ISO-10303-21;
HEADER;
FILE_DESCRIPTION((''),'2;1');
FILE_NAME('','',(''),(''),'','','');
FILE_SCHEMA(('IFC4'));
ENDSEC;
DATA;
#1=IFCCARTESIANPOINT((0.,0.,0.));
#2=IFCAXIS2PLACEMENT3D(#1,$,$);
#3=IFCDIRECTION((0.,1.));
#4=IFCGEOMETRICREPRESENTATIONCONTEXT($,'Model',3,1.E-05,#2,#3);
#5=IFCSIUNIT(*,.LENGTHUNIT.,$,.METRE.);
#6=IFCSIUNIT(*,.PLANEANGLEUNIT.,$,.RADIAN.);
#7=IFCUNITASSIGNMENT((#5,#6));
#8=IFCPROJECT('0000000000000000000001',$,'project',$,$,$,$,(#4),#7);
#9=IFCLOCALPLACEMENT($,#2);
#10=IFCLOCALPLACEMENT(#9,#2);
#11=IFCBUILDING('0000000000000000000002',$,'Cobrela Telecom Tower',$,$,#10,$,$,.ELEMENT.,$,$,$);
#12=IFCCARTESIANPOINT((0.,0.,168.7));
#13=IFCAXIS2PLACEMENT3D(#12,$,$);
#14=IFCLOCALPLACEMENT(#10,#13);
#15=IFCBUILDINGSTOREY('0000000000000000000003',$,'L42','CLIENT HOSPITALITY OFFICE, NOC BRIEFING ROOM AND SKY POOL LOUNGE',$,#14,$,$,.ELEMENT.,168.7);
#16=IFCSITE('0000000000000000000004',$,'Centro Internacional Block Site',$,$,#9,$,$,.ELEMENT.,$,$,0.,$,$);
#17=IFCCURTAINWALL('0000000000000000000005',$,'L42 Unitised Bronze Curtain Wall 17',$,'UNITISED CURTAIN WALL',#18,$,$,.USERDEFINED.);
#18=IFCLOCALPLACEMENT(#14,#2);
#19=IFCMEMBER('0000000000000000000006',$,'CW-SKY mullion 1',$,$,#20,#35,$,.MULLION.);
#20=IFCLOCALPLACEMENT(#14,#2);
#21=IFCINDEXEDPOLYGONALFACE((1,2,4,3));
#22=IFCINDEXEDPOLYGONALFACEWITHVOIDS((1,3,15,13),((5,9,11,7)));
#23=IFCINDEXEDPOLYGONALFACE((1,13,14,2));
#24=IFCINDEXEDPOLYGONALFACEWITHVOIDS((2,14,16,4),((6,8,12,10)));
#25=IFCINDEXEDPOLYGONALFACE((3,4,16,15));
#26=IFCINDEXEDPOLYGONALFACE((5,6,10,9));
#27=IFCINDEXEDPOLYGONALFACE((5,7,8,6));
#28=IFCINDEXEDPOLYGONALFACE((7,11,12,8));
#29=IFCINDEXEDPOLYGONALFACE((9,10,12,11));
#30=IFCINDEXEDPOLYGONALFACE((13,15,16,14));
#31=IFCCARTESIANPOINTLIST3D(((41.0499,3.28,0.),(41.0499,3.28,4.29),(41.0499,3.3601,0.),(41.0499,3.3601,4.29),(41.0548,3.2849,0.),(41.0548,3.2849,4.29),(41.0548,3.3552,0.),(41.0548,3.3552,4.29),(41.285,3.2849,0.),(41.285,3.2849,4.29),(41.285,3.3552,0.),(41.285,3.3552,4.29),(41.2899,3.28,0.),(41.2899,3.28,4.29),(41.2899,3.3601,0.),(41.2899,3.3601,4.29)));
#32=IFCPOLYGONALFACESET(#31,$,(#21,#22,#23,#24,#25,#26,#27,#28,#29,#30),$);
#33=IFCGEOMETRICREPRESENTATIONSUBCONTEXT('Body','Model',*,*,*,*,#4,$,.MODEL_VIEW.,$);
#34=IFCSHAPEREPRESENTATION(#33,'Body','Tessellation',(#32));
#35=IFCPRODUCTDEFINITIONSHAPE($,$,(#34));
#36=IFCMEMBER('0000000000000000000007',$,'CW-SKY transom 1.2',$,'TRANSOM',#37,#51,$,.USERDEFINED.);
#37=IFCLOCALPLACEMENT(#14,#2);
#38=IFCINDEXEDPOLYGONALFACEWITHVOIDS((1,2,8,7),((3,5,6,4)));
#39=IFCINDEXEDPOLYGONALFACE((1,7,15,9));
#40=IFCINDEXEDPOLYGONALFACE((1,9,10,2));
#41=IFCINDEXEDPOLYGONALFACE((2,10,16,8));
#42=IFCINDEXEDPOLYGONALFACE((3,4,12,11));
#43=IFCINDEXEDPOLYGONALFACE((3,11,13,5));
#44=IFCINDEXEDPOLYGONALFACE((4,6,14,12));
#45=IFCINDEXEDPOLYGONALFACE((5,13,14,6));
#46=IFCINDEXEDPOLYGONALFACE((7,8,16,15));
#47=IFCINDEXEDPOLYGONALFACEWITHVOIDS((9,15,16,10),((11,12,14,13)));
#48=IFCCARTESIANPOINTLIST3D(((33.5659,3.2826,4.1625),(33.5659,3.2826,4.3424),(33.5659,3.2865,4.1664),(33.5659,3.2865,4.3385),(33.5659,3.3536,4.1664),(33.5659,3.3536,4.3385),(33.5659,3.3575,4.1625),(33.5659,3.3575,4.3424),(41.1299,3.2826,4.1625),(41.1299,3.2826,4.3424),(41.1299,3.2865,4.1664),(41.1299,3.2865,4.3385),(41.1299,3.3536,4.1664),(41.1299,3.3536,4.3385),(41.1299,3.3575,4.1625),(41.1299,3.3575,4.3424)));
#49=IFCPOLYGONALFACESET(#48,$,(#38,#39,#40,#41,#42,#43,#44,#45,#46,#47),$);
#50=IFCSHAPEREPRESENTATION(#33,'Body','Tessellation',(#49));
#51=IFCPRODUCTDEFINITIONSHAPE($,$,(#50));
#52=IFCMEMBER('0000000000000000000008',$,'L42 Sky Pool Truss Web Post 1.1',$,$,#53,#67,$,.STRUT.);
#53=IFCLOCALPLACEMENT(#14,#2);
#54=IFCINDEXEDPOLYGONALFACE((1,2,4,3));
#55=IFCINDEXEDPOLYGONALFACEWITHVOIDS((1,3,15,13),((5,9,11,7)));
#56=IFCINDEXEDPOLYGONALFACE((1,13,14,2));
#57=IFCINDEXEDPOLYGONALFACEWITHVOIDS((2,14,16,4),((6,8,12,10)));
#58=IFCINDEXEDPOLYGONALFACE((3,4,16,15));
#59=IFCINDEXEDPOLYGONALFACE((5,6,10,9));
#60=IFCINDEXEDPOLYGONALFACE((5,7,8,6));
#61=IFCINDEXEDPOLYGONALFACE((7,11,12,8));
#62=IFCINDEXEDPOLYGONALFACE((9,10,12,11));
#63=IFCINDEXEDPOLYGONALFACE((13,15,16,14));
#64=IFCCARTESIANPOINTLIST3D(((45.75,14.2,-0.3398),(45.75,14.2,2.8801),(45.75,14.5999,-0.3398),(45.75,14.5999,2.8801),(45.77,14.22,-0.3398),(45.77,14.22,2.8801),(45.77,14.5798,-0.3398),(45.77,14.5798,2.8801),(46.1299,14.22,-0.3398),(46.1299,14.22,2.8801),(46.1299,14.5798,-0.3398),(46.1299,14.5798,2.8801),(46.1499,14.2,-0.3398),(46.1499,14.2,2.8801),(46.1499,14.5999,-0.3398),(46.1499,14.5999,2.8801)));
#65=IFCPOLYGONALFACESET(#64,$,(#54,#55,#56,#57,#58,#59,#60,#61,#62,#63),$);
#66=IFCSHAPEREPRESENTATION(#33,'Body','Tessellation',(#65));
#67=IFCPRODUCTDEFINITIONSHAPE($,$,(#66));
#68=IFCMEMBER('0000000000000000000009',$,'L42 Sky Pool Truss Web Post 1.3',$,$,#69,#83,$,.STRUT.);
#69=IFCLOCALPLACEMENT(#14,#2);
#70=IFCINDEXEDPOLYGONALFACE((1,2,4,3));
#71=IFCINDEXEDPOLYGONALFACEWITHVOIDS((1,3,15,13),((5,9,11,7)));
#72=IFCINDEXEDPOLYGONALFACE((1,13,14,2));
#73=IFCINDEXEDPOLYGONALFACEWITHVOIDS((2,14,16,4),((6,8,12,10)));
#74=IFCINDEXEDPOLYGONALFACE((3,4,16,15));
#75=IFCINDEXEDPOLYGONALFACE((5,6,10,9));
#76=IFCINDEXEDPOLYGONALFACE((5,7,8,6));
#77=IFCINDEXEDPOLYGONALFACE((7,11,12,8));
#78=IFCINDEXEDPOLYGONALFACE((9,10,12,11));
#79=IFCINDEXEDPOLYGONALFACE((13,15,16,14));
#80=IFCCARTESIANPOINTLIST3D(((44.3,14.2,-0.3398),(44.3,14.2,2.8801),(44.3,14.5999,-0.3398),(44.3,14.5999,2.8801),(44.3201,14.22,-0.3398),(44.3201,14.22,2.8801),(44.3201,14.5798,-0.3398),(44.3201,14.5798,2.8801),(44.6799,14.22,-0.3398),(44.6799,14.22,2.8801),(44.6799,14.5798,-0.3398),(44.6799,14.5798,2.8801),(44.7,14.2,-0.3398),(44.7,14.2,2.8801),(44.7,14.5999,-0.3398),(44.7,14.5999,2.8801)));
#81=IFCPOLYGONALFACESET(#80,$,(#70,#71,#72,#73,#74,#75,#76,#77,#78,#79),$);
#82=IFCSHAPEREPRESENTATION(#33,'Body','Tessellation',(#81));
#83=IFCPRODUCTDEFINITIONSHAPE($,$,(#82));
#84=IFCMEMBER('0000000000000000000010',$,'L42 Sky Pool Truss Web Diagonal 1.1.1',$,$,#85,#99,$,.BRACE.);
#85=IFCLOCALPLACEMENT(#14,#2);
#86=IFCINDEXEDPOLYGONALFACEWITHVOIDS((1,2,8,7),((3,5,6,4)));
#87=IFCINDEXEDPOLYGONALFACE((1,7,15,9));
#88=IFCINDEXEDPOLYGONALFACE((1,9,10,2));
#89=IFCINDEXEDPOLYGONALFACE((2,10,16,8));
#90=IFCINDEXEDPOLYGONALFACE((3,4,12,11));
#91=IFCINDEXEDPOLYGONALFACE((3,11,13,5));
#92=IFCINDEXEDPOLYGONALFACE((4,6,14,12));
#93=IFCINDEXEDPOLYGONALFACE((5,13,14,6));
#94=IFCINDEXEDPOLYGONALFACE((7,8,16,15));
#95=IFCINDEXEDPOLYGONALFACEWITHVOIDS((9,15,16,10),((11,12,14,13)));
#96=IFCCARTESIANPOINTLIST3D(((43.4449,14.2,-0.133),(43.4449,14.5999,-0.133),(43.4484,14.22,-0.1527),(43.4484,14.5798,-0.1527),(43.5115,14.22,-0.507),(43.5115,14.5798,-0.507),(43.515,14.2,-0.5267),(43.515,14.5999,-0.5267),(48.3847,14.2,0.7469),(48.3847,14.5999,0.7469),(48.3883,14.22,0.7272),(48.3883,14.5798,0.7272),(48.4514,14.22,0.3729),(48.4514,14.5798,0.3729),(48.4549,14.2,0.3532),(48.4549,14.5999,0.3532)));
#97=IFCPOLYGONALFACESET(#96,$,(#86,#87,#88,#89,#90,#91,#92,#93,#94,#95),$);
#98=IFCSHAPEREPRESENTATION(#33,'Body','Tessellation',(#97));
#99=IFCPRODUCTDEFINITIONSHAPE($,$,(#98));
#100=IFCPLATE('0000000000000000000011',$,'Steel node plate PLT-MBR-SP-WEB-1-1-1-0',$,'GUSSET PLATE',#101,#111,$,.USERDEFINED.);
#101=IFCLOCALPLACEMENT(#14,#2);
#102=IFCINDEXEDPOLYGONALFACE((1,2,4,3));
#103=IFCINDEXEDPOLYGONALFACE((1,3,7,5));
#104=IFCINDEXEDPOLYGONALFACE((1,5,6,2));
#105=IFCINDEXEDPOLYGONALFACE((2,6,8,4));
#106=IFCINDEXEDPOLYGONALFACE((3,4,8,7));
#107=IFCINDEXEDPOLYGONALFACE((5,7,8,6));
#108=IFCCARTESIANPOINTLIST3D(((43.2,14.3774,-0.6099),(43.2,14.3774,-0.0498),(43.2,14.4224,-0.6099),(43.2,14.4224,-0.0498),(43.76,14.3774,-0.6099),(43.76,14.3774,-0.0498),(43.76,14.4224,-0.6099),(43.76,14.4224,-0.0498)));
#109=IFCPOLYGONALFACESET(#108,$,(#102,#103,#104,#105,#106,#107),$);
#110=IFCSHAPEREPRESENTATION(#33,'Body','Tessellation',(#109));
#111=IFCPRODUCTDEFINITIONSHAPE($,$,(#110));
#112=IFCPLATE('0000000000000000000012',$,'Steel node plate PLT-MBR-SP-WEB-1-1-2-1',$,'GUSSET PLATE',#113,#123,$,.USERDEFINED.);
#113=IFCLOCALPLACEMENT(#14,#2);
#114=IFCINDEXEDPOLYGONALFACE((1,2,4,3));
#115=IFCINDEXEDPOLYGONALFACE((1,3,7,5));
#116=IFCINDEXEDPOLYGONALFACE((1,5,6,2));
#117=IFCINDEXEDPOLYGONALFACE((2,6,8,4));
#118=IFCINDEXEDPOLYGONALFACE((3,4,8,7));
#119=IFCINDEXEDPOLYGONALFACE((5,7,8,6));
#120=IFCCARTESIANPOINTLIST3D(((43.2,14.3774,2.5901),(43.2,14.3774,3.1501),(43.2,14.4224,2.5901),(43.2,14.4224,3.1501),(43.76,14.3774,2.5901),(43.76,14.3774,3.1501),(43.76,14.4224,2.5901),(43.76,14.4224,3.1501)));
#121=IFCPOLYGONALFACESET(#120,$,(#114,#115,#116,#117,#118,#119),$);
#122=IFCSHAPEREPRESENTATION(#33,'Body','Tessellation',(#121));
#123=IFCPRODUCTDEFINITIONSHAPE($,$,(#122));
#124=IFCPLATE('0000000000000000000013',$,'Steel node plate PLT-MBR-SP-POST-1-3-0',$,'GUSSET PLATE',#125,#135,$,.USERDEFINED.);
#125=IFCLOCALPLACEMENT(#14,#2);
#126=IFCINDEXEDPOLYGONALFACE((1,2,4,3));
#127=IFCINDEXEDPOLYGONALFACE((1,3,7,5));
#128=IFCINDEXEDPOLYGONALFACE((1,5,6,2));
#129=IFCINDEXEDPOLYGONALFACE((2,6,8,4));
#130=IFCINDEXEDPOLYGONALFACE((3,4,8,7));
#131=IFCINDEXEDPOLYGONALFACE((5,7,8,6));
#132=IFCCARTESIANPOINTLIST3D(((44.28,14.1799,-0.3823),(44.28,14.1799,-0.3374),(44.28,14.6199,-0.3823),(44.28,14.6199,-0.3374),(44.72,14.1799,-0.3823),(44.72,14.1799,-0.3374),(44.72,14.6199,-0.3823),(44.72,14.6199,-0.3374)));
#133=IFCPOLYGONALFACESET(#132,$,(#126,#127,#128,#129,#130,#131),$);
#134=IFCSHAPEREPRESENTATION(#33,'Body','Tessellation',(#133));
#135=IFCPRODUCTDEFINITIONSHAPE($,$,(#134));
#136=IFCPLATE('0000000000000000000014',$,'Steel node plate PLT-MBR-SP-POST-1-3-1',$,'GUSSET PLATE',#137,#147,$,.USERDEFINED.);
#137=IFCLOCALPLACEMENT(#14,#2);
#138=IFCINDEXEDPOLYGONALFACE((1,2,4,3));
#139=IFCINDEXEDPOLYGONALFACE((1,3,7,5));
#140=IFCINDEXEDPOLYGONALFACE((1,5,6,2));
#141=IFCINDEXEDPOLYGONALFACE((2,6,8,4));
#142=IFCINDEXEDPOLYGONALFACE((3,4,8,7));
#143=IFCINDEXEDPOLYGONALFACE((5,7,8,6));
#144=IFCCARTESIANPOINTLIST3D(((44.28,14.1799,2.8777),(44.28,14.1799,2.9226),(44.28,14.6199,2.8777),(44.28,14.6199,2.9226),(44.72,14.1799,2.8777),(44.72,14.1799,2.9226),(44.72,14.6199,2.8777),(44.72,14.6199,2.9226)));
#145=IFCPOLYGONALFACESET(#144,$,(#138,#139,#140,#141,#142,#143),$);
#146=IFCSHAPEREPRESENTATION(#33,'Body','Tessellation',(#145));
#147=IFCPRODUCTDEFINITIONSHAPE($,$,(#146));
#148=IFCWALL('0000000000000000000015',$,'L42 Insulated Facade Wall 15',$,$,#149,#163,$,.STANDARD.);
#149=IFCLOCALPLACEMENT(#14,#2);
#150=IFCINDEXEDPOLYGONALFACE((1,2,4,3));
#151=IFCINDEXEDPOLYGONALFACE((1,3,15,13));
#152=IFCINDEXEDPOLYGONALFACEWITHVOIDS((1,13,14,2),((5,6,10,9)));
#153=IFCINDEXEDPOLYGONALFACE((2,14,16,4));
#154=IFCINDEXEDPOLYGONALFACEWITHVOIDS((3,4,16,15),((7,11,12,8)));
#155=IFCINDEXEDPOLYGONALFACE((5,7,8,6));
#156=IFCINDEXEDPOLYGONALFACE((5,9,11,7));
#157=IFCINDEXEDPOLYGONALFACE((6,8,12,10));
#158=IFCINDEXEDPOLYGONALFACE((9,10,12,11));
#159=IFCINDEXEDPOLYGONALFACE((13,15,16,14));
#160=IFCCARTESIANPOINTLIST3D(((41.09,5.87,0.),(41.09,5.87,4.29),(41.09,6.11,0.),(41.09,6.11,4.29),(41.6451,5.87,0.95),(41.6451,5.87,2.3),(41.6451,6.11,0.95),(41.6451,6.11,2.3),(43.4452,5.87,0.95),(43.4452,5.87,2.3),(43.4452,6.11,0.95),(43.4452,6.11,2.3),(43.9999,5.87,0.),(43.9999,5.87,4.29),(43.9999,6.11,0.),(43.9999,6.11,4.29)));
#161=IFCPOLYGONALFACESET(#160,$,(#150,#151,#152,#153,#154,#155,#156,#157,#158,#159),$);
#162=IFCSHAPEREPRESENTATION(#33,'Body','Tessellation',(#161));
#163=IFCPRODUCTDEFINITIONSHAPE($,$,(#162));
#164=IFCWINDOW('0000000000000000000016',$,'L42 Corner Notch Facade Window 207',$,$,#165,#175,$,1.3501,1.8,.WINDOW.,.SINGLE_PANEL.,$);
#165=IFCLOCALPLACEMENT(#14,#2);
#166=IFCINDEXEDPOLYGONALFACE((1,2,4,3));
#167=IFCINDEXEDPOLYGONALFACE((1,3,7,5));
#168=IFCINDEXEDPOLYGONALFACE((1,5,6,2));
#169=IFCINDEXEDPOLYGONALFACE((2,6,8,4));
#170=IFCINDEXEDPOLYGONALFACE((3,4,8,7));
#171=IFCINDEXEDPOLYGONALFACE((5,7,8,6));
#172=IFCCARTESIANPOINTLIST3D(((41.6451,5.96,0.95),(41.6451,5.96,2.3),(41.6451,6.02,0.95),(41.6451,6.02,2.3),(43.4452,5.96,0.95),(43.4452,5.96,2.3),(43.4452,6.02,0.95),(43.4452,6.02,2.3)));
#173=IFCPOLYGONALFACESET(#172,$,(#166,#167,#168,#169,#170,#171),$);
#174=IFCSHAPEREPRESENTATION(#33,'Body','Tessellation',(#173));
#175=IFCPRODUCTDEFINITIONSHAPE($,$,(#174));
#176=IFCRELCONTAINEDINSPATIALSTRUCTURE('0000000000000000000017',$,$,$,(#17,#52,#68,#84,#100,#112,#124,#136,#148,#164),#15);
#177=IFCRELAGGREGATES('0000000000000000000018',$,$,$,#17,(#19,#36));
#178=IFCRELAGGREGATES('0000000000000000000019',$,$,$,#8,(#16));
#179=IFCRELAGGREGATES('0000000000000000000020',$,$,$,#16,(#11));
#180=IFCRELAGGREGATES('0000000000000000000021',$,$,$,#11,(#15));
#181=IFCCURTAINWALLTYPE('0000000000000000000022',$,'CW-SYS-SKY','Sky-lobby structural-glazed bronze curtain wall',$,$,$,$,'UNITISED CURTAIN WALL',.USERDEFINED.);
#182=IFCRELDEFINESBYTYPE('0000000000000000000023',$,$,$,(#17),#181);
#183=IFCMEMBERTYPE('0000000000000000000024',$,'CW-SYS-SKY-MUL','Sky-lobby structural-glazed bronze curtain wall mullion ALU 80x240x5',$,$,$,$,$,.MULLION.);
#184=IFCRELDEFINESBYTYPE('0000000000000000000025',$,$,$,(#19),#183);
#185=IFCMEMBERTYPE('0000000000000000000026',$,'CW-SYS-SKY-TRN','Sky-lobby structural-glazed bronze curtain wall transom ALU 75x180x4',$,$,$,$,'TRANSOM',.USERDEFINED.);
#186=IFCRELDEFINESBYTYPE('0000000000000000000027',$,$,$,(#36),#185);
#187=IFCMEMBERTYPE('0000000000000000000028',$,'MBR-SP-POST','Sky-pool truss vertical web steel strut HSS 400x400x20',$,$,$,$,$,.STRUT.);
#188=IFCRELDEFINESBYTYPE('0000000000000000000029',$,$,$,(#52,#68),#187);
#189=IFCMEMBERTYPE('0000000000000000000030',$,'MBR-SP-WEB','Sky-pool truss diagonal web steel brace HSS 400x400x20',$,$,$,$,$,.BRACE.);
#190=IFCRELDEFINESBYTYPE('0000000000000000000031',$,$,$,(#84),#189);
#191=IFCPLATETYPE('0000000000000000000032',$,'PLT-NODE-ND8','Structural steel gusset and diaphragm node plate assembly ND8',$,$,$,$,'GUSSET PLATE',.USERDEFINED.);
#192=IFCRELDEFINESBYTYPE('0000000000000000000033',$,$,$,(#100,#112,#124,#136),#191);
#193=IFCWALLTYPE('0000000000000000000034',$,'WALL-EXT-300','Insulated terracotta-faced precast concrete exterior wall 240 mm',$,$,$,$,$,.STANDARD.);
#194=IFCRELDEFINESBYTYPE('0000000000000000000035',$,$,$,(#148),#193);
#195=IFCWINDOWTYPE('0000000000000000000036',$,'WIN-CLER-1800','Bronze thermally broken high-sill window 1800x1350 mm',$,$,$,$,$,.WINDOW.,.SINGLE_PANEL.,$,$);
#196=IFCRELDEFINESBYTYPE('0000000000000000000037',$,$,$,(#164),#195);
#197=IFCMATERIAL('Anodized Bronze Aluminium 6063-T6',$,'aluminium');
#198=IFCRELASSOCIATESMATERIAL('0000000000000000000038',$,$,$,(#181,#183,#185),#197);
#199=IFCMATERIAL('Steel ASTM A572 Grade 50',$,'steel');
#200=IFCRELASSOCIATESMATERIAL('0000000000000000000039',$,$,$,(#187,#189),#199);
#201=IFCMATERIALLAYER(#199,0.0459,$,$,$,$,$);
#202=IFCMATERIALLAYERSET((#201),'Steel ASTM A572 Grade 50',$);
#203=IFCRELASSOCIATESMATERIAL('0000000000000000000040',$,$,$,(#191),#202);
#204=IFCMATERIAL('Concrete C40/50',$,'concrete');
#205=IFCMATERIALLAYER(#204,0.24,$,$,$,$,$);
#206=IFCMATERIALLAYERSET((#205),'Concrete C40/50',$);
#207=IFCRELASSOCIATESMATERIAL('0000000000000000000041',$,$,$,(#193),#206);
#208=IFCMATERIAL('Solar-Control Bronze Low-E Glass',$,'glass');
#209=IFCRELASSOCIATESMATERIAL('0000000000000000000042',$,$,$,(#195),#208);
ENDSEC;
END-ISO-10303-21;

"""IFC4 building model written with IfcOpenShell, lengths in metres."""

from ifc_helpers import new_model, si_unit, direction, frame, frame_2d, origin, origin_2d, place, context, subcontext, project, spatial, rectangle, hollow_rectangle, extrude, material, layer, layer_set, material_profile, profile_set, type_object, element, fill, aggregate, save


model = new_model("IFC4")

# Units and contexts
model_context = context("Model", 3, precision=1e-05, world=origin(), true_north=direction((0.0, 1.0)))
body_context = subcontext(model_context, "Body", "Model", "MODEL_VIEW")
ifc_project = project(units=[si_unit("LENGTHUNIT", "METRE"), si_unit("PLANEANGLEUNIT", "RADIAN")], contexts=[model_context])

# Site, building, storey
site_placement = place(None, origin())
site = spatial("IfcSite", under=ifc_project, at=site_placement, Name="Centro Internacional Block Site", CompositionType="ELEMENT", RefElevation=0.0)
building_placement = place(site_placement, origin())
building = spatial("IfcBuilding", under=site, at=building_placement, Name="Cobrela Telecom Tower", CompositionType="ELEMENT")
storey_placement = place(building_placement, frame((0.0, 0.0, 168.7)))
storey = spatial("IfcBuildingStorey", under=building, at=storey_placement, Name="L42", Description="CLIENT HOSPITALITY OFFICE, NOC BRIEFING ROOM AND SKY POOL LOUNGE", CompositionType="ELEMENT", Elevation=168.7)

# Shared definitions
ifc_material_1 = material(Name="Steel ASTM A572 Grade 50", Category="steel")

# Curtain wall, members
ifc_material_2 = material(Name="Anodized Bronze Aluminium 6063-T6", Category="aluminium")
curtain_wall_type = type_object("IfcCurtainWallType", Name="CW-SYS-SKY", Description="Sky-lobby structural-glazed bronze curtain wall", ElementType="UNITISED CURTAIN WALL", PredefinedType="USERDEFINED", material=ifc_material_2)
curtain_wall_placement = place(storey_placement, origin())
curtain_wall = element("IfcCurtainWall", 1, at=curtain_wall_placement, inside=storey, type_object=curtain_wall_type, Name="L42 Unitised Bronze Curtain Wall 17", ObjectType="UNITISED CURTAIN WALL", PredefinedType="USERDEFINED")
ifc_material_profile_1 = material_profile(ifc_material_2, hollow_rectangle(XDim=0.0801, YDim=0.24, WallThickness=0.0049, at=origin_2d()), Name="ALU 80x240x5")
ifc_profile_set_1 = profile_set([ifc_material_profile_1], Name="Anodized Bronze Aluminium 6063-T6")
member_type_1 = type_object("IfcMemberType", Name="CW-SYS-SKY-MUL", Description="Sky-lobby structural-glazed bronze curtain wall mullion ALU 80x240x5", PredefinedType="MULLION", material=ifc_profile_set_1)
member_1_placement = place(storey_placement, frame((41.1699, 3.3201, 0.0), z_axis=(0.0, 0.0, 1.0), x_axis=(0.0, -1.0, 0.0)))
member_1 = element("IfcMember", 2, at=member_1_placement, type_object=member_type_1, Name="CW-SKY mullion 1", PredefinedType="MULLION", context=body_context, shape_type="SweptSolid", body=[
    extrude(hollow_rectangle(XDim=0.0801, YDim=0.24, WallThickness=0.0049, at=origin_2d()), origin(), (0.0, 0.0, 1.0), 4.29),
])
ifc_material_profile_2 = material_profile(ifc_material_2, hollow_rectangle(XDim=0.075, YDim=0.1799, WallThickness=0.0039, at=origin_2d()), Name="ALU 75x180x4")
ifc_profile_set_2 = profile_set([ifc_material_profile_2], Name="Anodized Bronze Aluminium 6063-T6")
member_type_2 = type_object("IfcMemberType", Name="CW-SYS-SKY-TRN", Description="Sky-lobby structural-glazed bronze curtain wall transom ALU 75x180x4", ElementType="TRANSOM", PredefinedType="USERDEFINED", material=ifc_profile_set_2)
member_2_placement = place(storey_placement, frame((41.1299, 3.3201, 4.2524), z_axis=(-1.0, 0.0, 0.0), x_axis=(0.0, -1.0, 0.0)))
member_2 = element("IfcMember", 3, at=member_2_placement, type_object=member_type_2, Name="CW-SKY transom 1.2", ObjectType="TRANSOM", PredefinedType="USERDEFINED", context=body_context, shape_type="SweptSolid", body=[
    extrude(hollow_rectangle(XDim=0.075, YDim=0.1799, WallThickness=0.0039, at=origin_2d()), origin(), (0.0, 0.0, 1.0), 7.564),
])
aggregate(curtain_wall, [member_1, member_2])

# Members
ifc_material_profile_3 = material_profile(ifc_material_1, hollow_rectangle(XDim=0.3999, YDim=0.3999, WallThickness=0.02, at=origin_2d()), Name="HSS 400x400x20")
ifc_profile_set_3 = profile_set([ifc_material_profile_3], Name="Steel ASTM A572 Grade 50")
member_type_3 = type_object("IfcMemberType", Name="MBR-SP-POST", Description="Sky-pool truss vertical web steel strut HSS 400x400x20", PredefinedType="STRUT", material=ifc_profile_set_3)
for number, where, z_axis, x_axis, name in (
    (4, (45.95, 14.3999, -0.3398), (0.0, 0.0, 1.0), (1.0, 0.0, 0.0), "L42 Sky Pool Truss Web Post 1.1"),
    (5, (44.5, 14.3999, -0.3398), (0.0, 0.0, 1.0), (1.0, 0.0, 0.0), "L42 Sky Pool Truss Web Post 1.3"),
):
    element("IfcMember", number, at=place(storey_placement, frame(where, z_axis=z_axis, x_axis=x_axis)), inside=storey, type_object=member_type_3, Name=name, PredefinedType="STRUT", context=body_context, shape_type="SweptSolid", body=[
        extrude(hollow_rectangle(XDim=0.3999, YDim=0.3999, WallThickness=0.02, at=origin_2d()), origin(), (0.0, 0.0, 1.0), 3.22),
    ])
ifc_material_profile_4 = material_profile(ifc_material_1, hollow_rectangle(XDim=0.3999, YDim=0.3999, WallThickness=0.02, at=origin_2d()), Name="HSS 400x400x20")
ifc_profile_set_4 = profile_set([ifc_material_profile_4], Name="Steel ASTM A572 Grade 50")
member_type_4 = type_object("IfcMemberType", Name="MBR-SP-WEB", Description="Sky-pool truss diagonal web steel brace HSS 400x400x20", PredefinedType="BRACE", material=ifc_profile_set_4)
member_3_placement = place(storey_placement, frame((43.48, 14.3999, -0.3298), z_axis=(0.984505, 0.0, 0.175356), x_axis=(0.0, 1.0, 0.0)))
element("IfcMember", 6, at=member_3_placement, inside=storey, type_object=member_type_4, Name="L42 Sky Pool Truss Web Diagonal 1.1.1", PredefinedType="BRACE", context=body_context, shape_type="SweptSolid", body=[
    extrude(hollow_rectangle(XDim=0.3999, YDim=0.3999, WallThickness=0.02, at=origin_2d()), origin(), (0.0, 0.0, 1.0), 5.0176),
])

# Plates
ifc_layer_1 = layer(ifc_material_1, 0.0459)
ifc_layer_set_1 = layer_set([ifc_layer_1], Name="Steel ASTM A572 Grade 50")
plate_type = type_object("IfcPlateType", Name="PLT-NODE-ND8", Description="Structural steel gusset and diaphragm node plate assembly ND8", ElementType="GUSSET PLATE", PredefinedType="USERDEFINED", material=ifc_layer_set_1)
for number, where, z_axis, x_axis, name in (
    (7, (43.48, 14.3999, -0.6099), (0.0, 0.0, 1.0), (1.0, 0.0, 0.0), "Steel node plate PLT-MBR-SP-WEB-1-1-1-0"),
    (8, (43.48, 14.3999, 2.5901), (0.0, 0.0, 1.0), (-1.0, 0.0, 0.0), "Steel node plate PLT-MBR-SP-WEB-1-1-2-1"),
):
    element("IfcPlate", number, at=place(storey_placement, frame(where, z_axis=z_axis, x_axis=x_axis)), inside=storey, type_object=plate_type, Name=name, ObjectType="GUSSET PLATE", PredefinedType="USERDEFINED", context=body_context, shape_type="SweptSolid", body=[
        extrude(rectangle(XDim=0.5601, YDim=0.0449, at=origin_2d()), origin(), (0.0, 0.0, 1.0), 0.5601),
    ])
for number, where, z_axis, x_axis, name in (
    (9, (44.5, 14.3999, -0.3823), (0.0, 0.0, 1.0), (1.0, 0.0, 0.0), "Steel node plate PLT-MBR-SP-POST-1-3-0"),
    (10, (44.5, 14.3999, 2.8777), (0.0, 0.0, 1.0), (1.0, 0.0, 0.0), "Steel node plate PLT-MBR-SP-POST-1-3-1"),
):
    element("IfcPlate", number, at=place(storey_placement, frame(where, z_axis=z_axis, x_axis=x_axis)), inside=storey, type_object=plate_type, Name=name, ObjectType="GUSSET PLATE", PredefinedType="USERDEFINED", context=body_context, shape_type="SweptSolid", body=[
        extrude(rectangle(XDim=0.4399, YDim=0.4399, at=origin_2d()), origin(), (0.0, 0.0, 1.0), 0.0449),
    ])

# Wall, opening, window
ifc_material_3 = material(Name="Concrete C40/50", Category="concrete")
ifc_layer_2 = layer(ifc_material_3, 0.24)
ifc_layer_set_2 = layer_set([ifc_layer_2], Name="Concrete C40/50")
wall_type = type_object("IfcWallType", Name="WALL-EXT-300", Description="Insulated terracotta-faced precast concrete exterior wall 240 mm", PredefinedType="STANDARD", material=ifc_layer_set_2)
wall_1_placement = place(storey_placement, frame((44.0, 5.99, 0.0), z_axis=(0.0, 0.0, 1.0), x_axis=(-1.0, 0.0, 0.0)))
wall_1 = element("IfcWall", 11, at=wall_1_placement, inside=storey, type_object=wall_type, Name="L42 Insulated Facade Wall 15", PredefinedType="STANDARD", context=body_context, shape_type="SweptSolid", body=[
    extrude(rectangle(XDim=2.9099, YDim=0.24, at=frame_2d((1.4551, 0.0))), origin(), (0.0, 0.0, 1.0), 4.29),
])
opening_1_placement = place(wall_1_placement, frame((0.5549, 0.0, 0.95)))
opening_1 = element("IfcOpeningElement", 12, at=opening_1_placement, cuts=wall_1, PredefinedType="OPENING", context=body_context, shape_type="SweptSolid", body=[
    extrude(rectangle(XDim=1.8, YDim=1.3501, at=frame_2d((0.8999, 0.675))), frame((0.0, 0.1318, 0.0), z_axis=(0.0, -1.0, 0.0), x_axis=(1.0, 0.0, 0.0)), (0.0, 0.0, 1.0), 0.2639),
])
ifc_material_4 = material(Name="Solar-Control Bronze Low-E Glass", Category="glass")
window_type_1 = type_object("IfcWindowType", Name="WIN-CLER-1800", Description="Bronze thermally broken high-sill window 1800x1350 mm", PartitioningType="SINGLE_PANEL", PredefinedType="WINDOW", material=ifc_material_4)
window_1_placement = place(opening_1_placement, origin())
window_1 = element("IfcWindow", 13, at=window_1_placement, inside=storey, type_object=window_type_1, Name="L42 Corner Notch Facade Window 207", OverallHeight=1.3501, OverallWidth=1.8, PartitioningType="SINGLE_PANEL", PredefinedType="WINDOW", context=body_context, shape_type="SweptSolid", body=[
    extrude(rectangle(XDim=1.8, YDim=1.3501, at=frame_2d((0.8999, 0.675))), frame((0.0, 0.03, 0.0), z_axis=(0.0, -1.0, 0.0), x_axis=(1.0, 0.0, 0.0)), (0.0, 0.0, 1.0), 0.0601),
])
fill(opening_1, window_1)

save(model, "model.ifc")
